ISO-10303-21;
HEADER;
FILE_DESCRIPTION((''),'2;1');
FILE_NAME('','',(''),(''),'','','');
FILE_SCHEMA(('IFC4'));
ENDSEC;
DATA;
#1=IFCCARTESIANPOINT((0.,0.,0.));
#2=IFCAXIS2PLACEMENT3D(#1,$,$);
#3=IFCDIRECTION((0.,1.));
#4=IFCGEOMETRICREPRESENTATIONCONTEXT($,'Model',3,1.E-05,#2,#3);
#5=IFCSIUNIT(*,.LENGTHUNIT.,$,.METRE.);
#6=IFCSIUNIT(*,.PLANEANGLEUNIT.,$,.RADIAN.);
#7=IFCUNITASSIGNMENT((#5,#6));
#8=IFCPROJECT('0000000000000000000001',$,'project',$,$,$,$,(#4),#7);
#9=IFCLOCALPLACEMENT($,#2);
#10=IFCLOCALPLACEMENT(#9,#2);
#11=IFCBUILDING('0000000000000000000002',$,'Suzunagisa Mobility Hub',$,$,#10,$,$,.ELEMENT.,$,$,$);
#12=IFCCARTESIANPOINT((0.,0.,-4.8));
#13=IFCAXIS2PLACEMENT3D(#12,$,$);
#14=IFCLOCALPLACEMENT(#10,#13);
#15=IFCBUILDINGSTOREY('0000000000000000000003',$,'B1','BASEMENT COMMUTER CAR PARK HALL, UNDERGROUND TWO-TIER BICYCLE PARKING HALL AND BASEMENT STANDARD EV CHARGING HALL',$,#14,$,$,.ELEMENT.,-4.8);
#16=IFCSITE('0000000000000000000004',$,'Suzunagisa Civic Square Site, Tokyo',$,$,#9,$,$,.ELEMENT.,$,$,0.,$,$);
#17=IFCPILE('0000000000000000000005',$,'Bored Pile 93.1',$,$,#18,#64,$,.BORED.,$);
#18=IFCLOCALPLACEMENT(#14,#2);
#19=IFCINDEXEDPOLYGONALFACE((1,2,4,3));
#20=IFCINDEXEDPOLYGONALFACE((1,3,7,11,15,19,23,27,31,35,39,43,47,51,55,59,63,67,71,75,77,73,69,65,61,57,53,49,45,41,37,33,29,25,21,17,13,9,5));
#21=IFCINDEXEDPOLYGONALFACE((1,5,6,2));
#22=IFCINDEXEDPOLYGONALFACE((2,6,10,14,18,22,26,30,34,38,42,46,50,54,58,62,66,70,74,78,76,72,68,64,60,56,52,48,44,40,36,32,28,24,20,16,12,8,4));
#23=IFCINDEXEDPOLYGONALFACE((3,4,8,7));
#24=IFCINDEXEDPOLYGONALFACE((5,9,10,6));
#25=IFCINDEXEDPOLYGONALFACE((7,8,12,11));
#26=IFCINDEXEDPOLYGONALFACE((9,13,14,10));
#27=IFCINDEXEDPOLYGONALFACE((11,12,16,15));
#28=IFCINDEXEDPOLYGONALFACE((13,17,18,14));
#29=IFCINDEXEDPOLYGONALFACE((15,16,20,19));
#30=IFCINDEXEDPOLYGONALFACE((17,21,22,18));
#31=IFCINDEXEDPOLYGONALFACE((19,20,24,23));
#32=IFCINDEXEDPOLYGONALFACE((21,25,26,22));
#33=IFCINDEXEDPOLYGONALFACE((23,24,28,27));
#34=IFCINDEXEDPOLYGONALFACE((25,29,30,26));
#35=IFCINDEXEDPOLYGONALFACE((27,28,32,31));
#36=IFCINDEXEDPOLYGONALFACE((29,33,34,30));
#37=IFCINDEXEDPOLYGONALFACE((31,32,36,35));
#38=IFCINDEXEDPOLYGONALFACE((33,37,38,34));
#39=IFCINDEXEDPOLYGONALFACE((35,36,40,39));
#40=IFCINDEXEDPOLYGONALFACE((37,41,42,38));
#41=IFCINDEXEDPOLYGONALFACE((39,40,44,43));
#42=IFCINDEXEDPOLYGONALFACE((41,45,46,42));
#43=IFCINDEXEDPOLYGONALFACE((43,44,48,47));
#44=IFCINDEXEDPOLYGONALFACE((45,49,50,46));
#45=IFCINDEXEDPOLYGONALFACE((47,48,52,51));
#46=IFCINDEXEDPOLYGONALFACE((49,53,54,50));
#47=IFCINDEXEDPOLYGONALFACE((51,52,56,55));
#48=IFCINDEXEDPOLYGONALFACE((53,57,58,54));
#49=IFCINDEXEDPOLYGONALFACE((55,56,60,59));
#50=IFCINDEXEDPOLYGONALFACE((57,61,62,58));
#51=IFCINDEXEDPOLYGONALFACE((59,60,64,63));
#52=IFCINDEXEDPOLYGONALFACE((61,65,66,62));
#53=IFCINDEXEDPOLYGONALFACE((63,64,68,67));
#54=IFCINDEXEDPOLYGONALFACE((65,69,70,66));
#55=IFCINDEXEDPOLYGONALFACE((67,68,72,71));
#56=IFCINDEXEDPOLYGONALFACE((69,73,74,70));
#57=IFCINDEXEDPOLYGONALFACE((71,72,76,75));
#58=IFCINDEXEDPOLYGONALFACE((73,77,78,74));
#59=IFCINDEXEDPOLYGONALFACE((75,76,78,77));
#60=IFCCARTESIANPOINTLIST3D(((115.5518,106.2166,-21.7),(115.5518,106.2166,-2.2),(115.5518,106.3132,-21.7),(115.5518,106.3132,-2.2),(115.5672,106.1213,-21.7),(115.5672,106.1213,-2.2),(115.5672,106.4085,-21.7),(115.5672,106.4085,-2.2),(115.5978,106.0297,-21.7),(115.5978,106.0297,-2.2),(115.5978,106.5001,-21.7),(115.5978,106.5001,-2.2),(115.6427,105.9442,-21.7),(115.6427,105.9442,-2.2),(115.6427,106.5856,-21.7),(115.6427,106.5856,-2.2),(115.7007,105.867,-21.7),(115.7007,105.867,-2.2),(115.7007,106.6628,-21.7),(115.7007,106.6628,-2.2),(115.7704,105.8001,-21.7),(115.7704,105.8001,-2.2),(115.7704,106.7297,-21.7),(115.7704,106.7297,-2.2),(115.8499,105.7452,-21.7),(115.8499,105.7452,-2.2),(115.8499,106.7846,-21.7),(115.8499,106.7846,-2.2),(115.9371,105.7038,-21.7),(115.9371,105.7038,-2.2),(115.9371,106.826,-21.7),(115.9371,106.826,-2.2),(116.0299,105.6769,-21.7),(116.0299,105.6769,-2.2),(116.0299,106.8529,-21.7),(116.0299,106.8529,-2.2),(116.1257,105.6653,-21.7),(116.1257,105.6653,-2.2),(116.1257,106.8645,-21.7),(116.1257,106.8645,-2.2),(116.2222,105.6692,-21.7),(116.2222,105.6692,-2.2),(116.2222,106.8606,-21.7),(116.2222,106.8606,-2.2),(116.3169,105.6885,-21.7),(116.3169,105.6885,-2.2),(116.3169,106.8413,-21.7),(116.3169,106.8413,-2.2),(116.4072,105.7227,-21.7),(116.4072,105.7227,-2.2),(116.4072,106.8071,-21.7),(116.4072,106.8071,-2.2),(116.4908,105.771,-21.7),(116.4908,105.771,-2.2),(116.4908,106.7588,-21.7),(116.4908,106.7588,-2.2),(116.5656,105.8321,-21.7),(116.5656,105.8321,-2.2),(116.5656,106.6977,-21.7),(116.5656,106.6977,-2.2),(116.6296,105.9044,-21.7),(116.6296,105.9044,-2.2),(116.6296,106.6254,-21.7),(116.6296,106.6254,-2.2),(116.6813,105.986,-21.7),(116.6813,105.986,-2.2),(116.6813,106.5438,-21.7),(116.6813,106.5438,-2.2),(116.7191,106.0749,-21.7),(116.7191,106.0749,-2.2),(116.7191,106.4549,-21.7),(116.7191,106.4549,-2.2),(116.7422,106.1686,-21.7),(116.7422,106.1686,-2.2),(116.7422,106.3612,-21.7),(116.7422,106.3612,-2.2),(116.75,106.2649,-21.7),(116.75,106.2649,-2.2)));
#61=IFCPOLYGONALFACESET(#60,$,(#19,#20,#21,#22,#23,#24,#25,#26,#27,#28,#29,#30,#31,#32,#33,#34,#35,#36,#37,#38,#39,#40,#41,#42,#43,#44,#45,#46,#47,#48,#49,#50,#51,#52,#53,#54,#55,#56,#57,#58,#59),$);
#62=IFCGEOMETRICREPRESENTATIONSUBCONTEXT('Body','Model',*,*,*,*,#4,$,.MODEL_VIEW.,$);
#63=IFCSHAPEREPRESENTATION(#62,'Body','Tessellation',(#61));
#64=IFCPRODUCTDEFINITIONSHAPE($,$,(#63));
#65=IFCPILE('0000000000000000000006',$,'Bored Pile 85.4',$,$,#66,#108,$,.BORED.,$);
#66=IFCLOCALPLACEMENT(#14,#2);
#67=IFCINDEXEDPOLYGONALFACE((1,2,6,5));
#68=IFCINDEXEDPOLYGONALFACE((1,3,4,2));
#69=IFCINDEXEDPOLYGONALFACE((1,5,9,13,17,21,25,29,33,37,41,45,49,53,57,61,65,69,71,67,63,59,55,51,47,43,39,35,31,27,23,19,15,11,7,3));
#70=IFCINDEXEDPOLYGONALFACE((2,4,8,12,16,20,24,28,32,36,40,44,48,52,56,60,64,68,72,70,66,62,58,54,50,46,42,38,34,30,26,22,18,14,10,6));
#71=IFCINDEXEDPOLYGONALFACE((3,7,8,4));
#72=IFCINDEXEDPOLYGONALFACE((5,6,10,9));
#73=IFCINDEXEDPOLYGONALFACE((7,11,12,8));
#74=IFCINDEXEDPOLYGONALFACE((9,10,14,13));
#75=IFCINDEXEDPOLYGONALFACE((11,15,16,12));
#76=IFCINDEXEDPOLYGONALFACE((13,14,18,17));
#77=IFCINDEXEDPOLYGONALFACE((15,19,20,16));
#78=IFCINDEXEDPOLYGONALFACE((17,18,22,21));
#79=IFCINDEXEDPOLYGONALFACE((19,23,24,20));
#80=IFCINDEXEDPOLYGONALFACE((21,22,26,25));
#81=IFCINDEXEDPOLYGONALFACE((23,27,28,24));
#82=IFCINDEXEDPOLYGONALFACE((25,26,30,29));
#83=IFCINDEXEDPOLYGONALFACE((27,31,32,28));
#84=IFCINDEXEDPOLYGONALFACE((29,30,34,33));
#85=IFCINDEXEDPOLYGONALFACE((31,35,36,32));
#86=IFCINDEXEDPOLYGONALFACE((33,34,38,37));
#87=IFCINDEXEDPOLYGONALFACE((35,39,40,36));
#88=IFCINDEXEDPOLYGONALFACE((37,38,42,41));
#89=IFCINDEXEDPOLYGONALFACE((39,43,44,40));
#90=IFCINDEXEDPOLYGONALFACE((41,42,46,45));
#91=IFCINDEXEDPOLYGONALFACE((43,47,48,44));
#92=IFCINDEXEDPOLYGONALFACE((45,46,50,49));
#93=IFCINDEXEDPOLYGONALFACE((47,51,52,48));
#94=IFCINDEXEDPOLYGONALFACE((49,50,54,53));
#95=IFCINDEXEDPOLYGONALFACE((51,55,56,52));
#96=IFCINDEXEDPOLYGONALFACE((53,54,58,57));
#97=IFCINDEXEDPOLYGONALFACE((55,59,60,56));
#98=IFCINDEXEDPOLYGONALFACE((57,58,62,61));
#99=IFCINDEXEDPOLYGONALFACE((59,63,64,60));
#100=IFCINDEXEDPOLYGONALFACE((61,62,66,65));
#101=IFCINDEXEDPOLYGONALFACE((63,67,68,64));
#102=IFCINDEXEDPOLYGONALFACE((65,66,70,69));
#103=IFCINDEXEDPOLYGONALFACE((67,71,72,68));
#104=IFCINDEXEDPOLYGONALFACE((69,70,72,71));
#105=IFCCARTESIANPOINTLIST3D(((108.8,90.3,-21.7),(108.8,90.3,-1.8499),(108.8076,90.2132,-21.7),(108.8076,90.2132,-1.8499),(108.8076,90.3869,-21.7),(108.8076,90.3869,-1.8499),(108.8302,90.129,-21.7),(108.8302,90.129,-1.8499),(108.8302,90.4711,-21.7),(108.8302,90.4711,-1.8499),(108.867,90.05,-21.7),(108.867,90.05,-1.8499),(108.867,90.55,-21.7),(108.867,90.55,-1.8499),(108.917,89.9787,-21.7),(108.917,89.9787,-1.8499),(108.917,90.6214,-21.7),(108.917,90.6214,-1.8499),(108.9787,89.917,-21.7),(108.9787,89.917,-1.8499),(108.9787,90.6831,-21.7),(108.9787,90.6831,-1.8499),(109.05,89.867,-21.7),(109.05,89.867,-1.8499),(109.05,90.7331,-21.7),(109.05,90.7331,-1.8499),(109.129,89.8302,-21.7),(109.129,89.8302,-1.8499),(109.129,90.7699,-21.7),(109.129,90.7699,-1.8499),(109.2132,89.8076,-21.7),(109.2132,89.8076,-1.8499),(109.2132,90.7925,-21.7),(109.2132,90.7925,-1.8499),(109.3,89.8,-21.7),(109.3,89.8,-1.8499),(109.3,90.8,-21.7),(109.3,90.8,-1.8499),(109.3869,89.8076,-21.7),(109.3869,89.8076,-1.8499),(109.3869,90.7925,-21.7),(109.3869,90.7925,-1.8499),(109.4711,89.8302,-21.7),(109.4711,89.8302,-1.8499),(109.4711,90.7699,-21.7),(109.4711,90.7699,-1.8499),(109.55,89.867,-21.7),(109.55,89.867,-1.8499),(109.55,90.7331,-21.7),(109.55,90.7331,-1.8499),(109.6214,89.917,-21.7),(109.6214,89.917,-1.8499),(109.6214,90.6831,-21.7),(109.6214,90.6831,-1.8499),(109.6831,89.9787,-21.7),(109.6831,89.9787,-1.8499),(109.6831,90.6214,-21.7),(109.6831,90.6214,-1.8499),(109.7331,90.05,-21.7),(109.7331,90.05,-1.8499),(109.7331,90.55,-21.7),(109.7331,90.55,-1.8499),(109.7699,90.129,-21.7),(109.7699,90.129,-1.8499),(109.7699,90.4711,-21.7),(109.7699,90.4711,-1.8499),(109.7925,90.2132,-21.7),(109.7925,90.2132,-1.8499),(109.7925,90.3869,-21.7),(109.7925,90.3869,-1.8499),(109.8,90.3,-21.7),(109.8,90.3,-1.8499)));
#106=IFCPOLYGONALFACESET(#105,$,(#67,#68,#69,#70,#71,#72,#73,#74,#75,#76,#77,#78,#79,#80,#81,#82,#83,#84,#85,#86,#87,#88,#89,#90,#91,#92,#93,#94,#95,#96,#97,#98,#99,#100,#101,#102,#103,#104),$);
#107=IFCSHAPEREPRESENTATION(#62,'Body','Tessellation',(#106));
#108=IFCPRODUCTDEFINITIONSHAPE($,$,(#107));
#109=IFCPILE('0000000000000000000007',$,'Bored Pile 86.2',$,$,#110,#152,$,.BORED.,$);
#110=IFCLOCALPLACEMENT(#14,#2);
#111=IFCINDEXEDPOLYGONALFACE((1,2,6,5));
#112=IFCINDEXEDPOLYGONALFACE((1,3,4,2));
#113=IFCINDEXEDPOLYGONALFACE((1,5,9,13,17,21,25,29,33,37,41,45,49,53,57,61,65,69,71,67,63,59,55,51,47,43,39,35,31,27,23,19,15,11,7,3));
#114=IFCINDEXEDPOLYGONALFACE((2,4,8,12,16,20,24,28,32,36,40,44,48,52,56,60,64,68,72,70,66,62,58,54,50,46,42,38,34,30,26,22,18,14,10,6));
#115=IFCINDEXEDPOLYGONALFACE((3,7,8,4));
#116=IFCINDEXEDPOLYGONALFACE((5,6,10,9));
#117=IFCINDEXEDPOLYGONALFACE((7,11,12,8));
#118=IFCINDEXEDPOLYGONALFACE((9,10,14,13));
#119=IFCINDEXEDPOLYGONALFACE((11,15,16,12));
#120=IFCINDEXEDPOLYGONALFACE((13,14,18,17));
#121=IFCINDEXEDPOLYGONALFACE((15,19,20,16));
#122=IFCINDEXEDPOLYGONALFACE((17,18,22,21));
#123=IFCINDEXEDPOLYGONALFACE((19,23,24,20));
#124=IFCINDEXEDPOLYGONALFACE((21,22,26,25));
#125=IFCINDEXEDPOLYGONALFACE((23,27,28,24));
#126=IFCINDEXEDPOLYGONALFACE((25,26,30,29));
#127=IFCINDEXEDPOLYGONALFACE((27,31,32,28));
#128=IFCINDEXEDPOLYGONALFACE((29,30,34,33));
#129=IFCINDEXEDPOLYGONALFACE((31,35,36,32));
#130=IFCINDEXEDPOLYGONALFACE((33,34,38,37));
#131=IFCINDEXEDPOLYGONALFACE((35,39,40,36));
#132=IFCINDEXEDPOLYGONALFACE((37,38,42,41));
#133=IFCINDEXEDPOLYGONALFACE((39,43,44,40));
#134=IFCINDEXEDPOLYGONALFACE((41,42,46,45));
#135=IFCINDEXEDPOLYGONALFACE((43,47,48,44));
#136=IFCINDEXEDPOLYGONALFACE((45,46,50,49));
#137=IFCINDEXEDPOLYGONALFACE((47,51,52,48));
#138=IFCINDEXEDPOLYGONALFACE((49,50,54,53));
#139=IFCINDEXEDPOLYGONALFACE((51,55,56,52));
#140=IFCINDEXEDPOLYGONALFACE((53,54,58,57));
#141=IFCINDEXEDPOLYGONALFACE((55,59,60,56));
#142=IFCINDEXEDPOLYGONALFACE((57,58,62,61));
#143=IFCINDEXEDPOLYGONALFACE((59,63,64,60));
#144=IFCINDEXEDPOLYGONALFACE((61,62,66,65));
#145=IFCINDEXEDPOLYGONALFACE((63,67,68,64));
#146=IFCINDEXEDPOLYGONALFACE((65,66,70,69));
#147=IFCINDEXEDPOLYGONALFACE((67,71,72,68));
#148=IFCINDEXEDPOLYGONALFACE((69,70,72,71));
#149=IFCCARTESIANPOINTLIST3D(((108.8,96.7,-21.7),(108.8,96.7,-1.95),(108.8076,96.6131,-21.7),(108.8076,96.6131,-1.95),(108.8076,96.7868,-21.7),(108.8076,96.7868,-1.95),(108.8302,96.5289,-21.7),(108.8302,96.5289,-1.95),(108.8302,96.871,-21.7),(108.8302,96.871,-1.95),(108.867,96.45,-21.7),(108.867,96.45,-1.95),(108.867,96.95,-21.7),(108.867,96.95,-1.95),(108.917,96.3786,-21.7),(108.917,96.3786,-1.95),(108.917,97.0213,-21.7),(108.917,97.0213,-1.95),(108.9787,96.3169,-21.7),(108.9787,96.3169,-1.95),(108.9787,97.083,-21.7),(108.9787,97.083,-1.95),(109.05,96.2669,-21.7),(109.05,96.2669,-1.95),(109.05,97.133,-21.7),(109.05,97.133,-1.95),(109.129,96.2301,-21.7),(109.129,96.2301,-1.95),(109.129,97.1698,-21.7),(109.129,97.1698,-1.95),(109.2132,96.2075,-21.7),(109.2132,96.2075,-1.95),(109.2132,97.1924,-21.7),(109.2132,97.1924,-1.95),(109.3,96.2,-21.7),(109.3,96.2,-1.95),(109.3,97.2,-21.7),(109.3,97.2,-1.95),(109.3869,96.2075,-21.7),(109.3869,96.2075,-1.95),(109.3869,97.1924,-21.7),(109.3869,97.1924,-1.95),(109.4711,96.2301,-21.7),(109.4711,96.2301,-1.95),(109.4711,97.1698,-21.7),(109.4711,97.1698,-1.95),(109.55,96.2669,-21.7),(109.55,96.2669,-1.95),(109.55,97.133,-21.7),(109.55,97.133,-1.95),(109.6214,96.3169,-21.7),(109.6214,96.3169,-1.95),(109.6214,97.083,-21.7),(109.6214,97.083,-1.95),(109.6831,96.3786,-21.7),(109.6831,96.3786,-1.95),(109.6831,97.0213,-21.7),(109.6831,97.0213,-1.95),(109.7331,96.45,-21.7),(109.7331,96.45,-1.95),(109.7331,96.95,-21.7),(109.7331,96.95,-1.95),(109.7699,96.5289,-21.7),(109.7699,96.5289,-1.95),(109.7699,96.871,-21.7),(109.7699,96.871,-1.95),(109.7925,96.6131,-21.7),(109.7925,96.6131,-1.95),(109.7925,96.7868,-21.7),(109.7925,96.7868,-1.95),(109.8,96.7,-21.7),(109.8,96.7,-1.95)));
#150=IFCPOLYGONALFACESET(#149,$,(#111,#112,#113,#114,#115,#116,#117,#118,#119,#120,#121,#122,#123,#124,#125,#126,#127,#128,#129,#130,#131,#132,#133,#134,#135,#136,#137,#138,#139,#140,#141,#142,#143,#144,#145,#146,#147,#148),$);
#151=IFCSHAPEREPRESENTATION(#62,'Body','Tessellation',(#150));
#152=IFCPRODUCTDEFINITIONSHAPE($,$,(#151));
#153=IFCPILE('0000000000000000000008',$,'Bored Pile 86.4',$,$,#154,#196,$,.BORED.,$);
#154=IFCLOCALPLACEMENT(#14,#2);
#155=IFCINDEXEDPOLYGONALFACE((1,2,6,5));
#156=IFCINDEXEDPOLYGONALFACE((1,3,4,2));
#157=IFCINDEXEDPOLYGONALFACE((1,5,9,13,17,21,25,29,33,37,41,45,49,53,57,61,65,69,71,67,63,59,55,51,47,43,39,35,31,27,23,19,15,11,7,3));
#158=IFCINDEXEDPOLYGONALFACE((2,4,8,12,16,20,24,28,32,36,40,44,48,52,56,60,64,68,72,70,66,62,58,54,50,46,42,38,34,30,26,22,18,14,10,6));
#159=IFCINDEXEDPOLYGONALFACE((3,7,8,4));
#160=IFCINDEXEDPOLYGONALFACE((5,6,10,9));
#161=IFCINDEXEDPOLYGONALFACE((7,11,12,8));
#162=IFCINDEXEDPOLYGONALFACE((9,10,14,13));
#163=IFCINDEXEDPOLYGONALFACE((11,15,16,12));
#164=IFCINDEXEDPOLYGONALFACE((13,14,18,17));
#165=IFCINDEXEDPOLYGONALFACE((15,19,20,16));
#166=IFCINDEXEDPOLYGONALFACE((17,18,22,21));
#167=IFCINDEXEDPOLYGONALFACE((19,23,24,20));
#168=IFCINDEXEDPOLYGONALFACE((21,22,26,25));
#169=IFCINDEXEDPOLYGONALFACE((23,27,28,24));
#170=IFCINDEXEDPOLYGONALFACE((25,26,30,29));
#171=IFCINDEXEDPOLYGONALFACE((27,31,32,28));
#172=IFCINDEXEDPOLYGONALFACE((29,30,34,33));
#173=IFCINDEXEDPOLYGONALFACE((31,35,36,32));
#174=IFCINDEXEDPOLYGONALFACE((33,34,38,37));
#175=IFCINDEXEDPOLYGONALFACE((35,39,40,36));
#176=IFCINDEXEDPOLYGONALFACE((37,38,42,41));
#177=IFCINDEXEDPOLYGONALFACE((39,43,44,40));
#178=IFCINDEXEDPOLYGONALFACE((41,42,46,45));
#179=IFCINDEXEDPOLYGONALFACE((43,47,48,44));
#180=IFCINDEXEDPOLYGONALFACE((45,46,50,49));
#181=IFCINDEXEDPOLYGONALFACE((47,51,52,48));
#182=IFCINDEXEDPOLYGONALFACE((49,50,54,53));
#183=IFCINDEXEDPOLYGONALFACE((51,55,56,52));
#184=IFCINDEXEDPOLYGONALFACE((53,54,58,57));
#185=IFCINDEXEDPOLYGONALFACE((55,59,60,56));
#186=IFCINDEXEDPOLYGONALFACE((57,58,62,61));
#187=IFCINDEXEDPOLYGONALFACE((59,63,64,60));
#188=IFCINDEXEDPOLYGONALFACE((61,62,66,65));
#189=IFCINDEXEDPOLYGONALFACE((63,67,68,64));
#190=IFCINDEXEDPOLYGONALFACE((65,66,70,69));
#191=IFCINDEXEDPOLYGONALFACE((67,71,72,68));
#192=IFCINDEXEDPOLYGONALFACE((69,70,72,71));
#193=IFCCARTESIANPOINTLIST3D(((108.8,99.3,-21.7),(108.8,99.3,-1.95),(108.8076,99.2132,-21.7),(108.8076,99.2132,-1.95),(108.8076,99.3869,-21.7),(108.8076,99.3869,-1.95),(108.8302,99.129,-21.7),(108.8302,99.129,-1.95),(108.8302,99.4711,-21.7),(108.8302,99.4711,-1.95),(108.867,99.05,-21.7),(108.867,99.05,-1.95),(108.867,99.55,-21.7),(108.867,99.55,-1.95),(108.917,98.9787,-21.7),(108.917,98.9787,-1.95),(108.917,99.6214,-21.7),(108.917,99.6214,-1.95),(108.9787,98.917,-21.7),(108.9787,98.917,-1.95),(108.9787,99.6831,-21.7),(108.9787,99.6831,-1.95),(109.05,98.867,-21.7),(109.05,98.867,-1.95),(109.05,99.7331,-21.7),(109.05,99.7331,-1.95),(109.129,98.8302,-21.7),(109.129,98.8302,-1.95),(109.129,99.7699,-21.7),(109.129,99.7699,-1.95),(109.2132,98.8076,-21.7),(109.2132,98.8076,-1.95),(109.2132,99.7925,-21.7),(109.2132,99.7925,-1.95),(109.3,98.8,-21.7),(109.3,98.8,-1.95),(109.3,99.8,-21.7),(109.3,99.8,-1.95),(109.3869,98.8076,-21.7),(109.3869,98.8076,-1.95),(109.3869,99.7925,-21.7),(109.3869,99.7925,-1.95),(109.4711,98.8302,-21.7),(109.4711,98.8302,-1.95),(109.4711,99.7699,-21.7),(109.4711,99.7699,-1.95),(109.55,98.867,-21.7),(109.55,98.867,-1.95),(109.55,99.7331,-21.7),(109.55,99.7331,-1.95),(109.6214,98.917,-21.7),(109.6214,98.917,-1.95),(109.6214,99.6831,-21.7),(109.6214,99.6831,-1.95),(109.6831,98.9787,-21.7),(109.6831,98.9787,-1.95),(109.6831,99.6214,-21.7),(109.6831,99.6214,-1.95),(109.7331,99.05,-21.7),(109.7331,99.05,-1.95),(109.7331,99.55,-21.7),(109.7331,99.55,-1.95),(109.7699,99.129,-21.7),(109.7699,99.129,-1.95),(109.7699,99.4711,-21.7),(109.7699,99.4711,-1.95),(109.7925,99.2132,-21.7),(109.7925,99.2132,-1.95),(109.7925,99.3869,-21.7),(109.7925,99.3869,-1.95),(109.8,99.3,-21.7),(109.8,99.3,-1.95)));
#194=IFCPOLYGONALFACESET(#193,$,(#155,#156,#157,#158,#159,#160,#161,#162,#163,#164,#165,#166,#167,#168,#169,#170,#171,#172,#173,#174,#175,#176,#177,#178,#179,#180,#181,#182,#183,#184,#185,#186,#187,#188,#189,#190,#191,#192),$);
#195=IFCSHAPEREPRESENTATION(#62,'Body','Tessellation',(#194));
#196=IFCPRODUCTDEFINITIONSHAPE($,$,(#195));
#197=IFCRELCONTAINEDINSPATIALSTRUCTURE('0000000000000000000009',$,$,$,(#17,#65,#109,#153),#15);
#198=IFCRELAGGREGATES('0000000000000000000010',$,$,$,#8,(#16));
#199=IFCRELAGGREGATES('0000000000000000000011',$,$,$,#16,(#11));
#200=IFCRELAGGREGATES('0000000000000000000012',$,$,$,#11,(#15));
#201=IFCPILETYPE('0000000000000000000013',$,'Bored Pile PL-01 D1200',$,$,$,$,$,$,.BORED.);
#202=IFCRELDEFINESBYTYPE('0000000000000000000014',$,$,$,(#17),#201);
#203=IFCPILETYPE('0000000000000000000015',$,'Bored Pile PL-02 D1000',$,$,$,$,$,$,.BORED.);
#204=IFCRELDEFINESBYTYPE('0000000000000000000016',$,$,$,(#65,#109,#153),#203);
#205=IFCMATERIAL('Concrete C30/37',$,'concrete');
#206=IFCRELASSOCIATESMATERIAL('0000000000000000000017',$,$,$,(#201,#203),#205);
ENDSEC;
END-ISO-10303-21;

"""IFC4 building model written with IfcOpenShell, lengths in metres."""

from ifc_helpers import new_model, si_unit, direction, frame, origin, origin_2d, place, context, subcontext, project, spatial, circle, extrude, material, material_profile, profile_set, type_object, element, save


model = new_model("IFC4")

# Units and contexts
model_context = context("Model", 3, precision=1e-05, world=origin(), true_north=direction((0.0, 1.0)))
body_context = subcontext(model_context, "Body", "Model", "MODEL_VIEW")
ifc_project = project(units=[si_unit("LENGTHUNIT", "METRE"), si_unit("PLANEANGLEUNIT", "RADIAN")], contexts=[model_context])

# Site, building, storey
site_placement = place(None, origin())
site = spatial("IfcSite", under=ifc_project, at=site_placement, Name="Suzunagisa Civic Square Site, Tokyo", CompositionType="ELEMENT", RefElevation=0.0)
building_placement = place(site_placement, origin())
building = spatial("IfcBuilding", under=site, at=building_placement, Name="Suzunagisa Mobility Hub", CompositionType="ELEMENT")
storey_placement = place(building_placement, frame((0.0, 0.0, -4.8)))
storey = spatial("IfcBuildingStorey", under=building, at=storey_placement, Name="B1", Description="BASEMENT COMMUTER CAR PARK HALL, UNDERGROUND TWO-TIER BICYCLE PARKING HALL AND BASEMENT STANDARD EV CHARGING HALL", CompositionType="ELEMENT", Elevation=-4.8)

# Piles
ifc_material_1 = material(Name="Concrete C30/37", Category="concrete")
ifc_material_profile_1 = material_profile(ifc_material_1, circle(Radius=0.6001, at=origin_2d()), Name="BORED PILE D1200")
ifc_profile_set_1 = profile_set([ifc_material_profile_1], Name="Concrete C30/37")
pile_type_1 = type_object("IfcPileType", Name="Bored Pile PL-01 D1200", PredefinedType="BORED", material=ifc_profile_set_1)
pile_1_placement = place(storey_placement, frame((116.1499, 106.2649, -2.2), z_axis=(0.0, 0.0, -1.0), x_axis=(1.0, 0.0, 0.0)))
element("IfcPile", 1, at=pile_1_placement, inside=storey, type_object=pile_type_1, Name="Bored Pile 93.1", PredefinedType="BORED", context=body_context, shape_type="SweptSolid", body=[
    extrude(circle(Radius=0.6001, at=origin_2d()), origin(), (0.0, 0.0, 1.0), 19.5),
])
ifc_material_profile_2 = material_profile(ifc_material_1, circle(Radius=0.5, at=origin_2d()), Name="BORED PILE D1000")
ifc_profile_set_2 = profile_set([ifc_material_profile_2], Name="Concrete C30/37")
pile_type_2 = type_object("IfcPileType", Name="Bored Pile PL-02 D1000", PredefinedType="BORED", material=ifc_profile_set_2)
pile_2_placement = place(storey_placement, frame((109.3, 90.3, -1.8499), z_axis=(0.0, 0.0, -1.0), x_axis=(1.0, 0.0, 0.0)))
element("IfcPile", 2, at=pile_2_placement, inside=storey, type_object=pile_type_2, Name="Bored Pile 85.4", PredefinedType="BORED", context=body_context, shape_type="SweptSolid", body=[
    extrude(circle(Radius=0.5, at=origin_2d()), origin(), (0.0, 0.0, 1.0), 19.8501),
])
for number, where, z_axis, x_axis, name in (
    (3, (109.3, 96.7, -1.95), (0.0, 0.0, -1.0), (1.0, 0.0, 0.0), "Bored Pile 86.2"),
    (4, (109.3, 99.3, -1.95), (0.0, 0.0, -1.0), (1.0, 0.0, 0.0), "Bored Pile 86.4"),
):
    element("IfcPile", number, at=place(storey_placement, frame(where, z_axis=z_axis, x_axis=x_axis)), inside=storey, type_object=pile_type_2, Name=name, PredefinedType="BORED", context=body_context, shape_type="SweptSolid", body=[
        extrude(circle(Radius=0.5, at=origin_2d()), origin(), (0.0, 0.0, 1.0), 19.75),
    ])

save(model, "model.ifc")
